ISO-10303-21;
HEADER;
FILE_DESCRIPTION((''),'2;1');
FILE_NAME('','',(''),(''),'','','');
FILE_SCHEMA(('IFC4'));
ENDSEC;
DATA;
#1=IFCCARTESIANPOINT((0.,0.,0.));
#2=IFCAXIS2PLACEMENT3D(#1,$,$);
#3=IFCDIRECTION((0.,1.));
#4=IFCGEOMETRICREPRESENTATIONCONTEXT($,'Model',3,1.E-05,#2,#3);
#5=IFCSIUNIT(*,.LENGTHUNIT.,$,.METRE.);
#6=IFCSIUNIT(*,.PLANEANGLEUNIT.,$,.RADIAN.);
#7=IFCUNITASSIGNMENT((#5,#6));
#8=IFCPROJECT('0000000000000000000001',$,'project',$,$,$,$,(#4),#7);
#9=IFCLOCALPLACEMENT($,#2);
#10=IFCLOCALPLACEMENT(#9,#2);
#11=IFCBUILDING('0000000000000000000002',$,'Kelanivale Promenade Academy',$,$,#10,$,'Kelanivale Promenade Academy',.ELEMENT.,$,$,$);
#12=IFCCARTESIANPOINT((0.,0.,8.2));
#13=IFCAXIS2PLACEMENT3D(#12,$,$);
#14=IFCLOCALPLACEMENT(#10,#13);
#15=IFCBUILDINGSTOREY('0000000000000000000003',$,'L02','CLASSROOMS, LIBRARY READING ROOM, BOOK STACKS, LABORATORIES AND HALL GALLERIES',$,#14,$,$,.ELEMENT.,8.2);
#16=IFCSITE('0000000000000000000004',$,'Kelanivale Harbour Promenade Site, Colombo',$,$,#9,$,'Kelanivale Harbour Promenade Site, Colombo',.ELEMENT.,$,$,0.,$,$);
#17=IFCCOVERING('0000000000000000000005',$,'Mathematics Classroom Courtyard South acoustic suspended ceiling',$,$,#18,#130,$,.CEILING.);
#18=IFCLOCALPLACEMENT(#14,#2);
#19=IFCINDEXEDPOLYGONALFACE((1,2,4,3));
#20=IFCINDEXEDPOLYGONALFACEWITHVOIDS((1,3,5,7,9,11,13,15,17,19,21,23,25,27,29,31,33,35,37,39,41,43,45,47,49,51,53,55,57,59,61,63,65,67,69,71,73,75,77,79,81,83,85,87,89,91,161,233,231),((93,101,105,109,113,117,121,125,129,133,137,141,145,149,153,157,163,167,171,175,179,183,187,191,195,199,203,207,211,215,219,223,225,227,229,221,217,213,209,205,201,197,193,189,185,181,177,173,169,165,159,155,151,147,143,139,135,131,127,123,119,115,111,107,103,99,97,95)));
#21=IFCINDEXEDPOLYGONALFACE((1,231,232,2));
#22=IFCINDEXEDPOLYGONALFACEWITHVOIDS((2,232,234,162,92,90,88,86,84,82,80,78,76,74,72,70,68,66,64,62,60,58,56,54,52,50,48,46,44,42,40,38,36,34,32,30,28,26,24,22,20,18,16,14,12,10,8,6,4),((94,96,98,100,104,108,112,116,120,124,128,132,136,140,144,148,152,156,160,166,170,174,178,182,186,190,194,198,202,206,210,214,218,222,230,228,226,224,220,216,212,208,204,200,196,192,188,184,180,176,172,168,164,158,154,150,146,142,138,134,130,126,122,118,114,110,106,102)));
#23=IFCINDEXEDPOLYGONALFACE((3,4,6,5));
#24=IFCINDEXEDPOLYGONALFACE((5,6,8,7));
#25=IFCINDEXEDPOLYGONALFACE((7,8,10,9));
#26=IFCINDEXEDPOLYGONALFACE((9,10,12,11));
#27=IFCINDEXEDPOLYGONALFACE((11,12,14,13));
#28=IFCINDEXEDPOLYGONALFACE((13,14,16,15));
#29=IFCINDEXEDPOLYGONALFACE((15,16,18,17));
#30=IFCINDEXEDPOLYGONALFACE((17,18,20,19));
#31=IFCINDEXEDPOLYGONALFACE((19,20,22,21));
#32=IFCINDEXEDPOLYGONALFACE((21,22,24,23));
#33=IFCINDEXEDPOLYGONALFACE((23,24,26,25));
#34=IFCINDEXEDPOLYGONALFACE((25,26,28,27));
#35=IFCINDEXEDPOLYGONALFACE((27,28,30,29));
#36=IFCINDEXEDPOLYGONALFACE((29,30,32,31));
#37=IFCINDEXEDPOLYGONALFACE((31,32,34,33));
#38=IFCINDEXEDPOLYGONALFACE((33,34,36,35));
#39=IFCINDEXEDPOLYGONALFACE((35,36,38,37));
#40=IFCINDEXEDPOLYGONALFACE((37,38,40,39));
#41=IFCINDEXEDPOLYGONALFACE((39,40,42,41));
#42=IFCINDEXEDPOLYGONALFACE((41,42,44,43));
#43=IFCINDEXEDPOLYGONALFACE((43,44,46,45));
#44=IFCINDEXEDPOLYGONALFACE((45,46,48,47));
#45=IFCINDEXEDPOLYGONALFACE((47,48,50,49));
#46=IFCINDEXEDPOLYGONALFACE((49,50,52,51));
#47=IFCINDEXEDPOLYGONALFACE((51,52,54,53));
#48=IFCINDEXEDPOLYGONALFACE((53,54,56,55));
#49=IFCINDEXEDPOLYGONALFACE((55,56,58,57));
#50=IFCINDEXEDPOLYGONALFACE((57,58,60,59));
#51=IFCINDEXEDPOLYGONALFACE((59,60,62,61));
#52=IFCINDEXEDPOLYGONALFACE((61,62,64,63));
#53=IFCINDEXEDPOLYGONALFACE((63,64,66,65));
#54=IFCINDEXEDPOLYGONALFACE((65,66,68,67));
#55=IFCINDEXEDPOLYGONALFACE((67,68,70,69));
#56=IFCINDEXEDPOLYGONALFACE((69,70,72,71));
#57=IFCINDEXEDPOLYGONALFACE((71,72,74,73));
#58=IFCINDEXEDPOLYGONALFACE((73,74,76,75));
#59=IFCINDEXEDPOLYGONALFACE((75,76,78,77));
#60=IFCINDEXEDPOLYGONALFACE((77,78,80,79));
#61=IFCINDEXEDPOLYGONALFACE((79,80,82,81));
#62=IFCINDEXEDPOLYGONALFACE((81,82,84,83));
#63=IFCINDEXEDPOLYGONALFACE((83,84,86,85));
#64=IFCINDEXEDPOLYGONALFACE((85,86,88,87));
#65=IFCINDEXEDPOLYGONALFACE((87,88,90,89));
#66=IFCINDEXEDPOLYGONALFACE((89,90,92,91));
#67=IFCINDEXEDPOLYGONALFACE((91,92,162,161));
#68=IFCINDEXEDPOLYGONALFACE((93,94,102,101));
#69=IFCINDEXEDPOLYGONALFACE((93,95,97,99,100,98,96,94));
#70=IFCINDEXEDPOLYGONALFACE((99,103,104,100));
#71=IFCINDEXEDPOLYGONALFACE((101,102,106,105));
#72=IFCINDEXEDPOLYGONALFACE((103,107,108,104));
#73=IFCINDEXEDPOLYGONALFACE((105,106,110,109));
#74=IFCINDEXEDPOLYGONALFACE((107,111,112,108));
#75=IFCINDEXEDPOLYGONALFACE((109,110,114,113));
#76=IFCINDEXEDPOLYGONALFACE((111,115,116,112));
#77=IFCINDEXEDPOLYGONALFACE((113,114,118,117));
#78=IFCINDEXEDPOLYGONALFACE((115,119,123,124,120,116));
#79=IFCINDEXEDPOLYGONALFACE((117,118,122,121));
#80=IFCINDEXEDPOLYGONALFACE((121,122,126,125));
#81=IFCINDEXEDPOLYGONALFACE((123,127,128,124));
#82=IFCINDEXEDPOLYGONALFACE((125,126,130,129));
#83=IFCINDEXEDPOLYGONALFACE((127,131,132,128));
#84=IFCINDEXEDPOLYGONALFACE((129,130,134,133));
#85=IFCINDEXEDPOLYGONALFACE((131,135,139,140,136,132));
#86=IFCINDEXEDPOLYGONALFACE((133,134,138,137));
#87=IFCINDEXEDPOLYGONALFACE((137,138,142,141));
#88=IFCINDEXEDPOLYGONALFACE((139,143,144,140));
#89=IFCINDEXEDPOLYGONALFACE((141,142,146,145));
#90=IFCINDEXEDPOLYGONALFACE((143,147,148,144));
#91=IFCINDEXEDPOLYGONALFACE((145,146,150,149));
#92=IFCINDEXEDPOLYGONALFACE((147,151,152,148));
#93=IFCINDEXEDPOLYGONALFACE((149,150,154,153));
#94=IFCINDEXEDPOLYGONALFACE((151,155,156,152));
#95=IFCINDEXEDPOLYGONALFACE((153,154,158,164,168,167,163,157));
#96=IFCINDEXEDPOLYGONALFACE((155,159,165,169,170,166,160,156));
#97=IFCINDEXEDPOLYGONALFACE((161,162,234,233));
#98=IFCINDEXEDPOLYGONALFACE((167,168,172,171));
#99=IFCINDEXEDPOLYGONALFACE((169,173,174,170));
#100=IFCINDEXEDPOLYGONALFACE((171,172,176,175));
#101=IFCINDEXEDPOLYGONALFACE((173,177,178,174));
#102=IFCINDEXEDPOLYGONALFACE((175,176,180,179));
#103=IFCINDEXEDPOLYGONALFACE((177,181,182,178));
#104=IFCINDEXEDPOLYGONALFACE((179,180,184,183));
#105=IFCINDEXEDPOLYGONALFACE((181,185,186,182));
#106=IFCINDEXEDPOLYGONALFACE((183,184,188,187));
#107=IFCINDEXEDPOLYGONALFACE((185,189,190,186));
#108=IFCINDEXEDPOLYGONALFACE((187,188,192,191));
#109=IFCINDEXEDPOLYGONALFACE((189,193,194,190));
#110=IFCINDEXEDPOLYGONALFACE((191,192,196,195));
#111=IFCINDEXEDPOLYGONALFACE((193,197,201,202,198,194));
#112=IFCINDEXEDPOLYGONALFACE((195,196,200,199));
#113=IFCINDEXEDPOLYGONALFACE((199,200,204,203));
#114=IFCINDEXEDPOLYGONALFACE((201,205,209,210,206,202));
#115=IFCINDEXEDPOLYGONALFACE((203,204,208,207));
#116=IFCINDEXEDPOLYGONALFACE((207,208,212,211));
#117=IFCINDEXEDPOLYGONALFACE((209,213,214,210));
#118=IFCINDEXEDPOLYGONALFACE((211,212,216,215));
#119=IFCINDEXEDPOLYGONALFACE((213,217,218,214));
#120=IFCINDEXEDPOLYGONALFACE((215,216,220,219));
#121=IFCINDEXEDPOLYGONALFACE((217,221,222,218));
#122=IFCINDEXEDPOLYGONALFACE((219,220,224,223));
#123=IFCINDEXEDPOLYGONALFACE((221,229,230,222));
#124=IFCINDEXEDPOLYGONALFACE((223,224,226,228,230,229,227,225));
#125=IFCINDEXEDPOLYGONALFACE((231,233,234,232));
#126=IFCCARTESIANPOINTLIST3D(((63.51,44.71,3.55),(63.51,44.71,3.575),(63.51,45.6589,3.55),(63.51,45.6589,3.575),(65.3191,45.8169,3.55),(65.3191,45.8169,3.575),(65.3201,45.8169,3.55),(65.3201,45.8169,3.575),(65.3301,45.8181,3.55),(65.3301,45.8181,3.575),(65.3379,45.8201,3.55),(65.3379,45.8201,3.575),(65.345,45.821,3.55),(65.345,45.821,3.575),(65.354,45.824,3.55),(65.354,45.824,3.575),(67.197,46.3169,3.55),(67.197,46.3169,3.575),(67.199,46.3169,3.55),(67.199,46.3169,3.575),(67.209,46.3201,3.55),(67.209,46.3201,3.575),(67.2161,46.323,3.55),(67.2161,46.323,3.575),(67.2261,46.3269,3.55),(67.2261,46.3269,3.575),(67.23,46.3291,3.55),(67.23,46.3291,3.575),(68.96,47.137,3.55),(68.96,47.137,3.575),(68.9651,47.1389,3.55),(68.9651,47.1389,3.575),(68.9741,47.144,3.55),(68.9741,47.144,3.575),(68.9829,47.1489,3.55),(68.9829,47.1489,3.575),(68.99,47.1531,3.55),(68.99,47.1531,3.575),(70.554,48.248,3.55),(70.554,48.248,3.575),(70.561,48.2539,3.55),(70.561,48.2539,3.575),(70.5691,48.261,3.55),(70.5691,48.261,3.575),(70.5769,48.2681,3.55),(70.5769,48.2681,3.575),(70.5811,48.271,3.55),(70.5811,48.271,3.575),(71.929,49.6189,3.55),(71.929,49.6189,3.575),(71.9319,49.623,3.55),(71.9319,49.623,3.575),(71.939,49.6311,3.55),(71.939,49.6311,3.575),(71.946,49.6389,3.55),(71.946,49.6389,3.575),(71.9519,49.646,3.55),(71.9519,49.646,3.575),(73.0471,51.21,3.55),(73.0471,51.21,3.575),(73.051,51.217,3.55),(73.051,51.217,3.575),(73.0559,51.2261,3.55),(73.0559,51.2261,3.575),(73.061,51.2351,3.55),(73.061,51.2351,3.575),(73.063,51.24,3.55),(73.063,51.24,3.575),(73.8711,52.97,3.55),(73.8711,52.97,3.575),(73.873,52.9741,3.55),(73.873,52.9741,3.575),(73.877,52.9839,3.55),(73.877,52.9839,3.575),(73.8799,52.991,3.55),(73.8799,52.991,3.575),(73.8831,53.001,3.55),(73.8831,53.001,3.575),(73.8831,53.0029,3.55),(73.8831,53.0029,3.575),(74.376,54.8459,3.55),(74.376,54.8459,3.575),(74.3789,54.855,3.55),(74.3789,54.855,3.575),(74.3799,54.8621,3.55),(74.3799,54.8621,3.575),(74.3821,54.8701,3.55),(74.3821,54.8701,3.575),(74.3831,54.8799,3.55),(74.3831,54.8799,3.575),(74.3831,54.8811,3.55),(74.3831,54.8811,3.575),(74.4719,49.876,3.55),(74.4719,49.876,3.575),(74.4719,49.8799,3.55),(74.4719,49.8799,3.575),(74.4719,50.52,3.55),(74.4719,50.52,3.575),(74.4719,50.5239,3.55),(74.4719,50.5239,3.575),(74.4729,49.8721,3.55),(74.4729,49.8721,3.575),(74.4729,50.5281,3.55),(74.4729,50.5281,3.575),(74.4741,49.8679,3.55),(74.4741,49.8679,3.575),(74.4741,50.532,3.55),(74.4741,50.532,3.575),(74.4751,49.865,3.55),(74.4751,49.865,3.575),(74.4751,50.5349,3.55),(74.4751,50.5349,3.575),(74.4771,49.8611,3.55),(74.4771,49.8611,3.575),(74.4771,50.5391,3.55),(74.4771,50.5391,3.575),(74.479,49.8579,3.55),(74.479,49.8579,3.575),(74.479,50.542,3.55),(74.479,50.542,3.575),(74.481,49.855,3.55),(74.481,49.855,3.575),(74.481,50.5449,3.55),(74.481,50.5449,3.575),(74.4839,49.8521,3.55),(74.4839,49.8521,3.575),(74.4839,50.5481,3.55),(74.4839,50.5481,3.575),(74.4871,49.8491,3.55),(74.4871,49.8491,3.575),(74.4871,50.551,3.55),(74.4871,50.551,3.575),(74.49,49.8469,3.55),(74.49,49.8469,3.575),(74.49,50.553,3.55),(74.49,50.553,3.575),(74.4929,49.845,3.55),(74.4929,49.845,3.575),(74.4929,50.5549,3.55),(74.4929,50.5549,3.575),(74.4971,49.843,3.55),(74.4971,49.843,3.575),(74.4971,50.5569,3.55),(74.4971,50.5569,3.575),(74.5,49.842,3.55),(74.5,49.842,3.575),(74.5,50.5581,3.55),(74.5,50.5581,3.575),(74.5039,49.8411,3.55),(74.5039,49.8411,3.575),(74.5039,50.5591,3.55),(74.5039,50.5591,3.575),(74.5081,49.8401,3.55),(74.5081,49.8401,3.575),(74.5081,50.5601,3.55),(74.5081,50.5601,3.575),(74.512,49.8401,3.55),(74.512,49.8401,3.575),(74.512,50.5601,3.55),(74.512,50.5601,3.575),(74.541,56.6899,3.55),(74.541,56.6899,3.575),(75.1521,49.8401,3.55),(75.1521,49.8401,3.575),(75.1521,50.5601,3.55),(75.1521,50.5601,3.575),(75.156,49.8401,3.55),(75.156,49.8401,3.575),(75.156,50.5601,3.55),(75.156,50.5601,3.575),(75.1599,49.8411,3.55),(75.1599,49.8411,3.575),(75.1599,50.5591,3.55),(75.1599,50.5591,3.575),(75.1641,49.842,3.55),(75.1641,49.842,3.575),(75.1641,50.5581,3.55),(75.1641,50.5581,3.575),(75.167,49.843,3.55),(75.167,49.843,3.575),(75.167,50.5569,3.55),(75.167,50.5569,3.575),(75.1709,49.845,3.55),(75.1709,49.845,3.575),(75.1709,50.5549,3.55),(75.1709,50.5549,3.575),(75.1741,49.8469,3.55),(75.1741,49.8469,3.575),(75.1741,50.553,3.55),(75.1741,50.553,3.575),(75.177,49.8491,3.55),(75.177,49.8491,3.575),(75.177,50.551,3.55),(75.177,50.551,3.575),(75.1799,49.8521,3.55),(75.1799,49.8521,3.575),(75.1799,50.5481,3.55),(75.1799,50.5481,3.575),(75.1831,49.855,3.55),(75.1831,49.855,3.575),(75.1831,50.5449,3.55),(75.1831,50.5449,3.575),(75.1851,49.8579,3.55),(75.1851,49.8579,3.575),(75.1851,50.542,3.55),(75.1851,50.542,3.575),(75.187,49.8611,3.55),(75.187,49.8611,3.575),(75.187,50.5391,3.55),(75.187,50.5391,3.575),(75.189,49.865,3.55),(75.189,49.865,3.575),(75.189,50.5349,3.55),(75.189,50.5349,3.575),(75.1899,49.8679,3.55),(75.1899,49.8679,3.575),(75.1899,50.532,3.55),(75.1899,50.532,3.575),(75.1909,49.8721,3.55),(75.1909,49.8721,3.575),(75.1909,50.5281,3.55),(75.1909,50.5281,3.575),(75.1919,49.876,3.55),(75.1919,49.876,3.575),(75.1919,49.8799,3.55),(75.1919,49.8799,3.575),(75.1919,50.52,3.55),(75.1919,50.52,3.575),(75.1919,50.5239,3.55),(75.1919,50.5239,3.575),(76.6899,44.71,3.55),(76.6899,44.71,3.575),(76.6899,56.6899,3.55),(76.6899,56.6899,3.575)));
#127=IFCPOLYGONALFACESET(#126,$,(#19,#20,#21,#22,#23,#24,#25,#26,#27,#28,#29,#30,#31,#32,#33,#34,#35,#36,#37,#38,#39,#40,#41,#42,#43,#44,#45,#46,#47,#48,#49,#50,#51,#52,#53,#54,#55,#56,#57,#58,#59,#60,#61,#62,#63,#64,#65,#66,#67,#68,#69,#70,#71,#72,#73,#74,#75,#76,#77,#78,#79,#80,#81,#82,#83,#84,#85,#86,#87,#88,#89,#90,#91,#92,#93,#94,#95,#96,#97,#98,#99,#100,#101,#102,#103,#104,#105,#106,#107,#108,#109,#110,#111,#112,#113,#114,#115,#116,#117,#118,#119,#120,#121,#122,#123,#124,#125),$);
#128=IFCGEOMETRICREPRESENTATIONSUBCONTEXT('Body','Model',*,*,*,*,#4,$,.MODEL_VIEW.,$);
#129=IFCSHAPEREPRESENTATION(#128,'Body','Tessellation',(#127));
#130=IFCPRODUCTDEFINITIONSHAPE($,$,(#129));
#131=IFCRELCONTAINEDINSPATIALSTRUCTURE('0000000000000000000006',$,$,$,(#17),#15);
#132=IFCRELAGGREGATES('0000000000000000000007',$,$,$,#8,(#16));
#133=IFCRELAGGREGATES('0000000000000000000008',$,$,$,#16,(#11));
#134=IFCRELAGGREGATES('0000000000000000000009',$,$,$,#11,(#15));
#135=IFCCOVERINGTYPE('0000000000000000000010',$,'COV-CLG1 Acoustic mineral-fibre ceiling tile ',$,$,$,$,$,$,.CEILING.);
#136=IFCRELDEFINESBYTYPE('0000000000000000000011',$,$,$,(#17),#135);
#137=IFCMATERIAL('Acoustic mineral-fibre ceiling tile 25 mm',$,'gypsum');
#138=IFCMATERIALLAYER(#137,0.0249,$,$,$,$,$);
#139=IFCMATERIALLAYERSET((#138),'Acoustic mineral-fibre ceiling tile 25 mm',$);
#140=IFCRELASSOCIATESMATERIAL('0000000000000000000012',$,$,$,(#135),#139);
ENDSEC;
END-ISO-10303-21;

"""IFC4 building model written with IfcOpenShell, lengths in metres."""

from ifc_helpers import new_model, si_unit, direction, frame, origin, place, context, subcontext, project, spatial, polyline, outline, extrude, material, layer, layer_set, type_object, element, save


model = new_model("IFC4")

# Units and contexts
model_context = context("Model", 3, precision=1e-05, world=origin(), true_north=direction((0.0, 1.0)))
body_context = subcontext(model_context, "Body", "Model", "MODEL_VIEW")
ifc_project = project(units=[si_unit("LENGTHUNIT", "METRE"), si_unit("PLANEANGLEUNIT", "RADIAN")], contexts=[model_context])

# Site, building, storey
site_placement = place(None, origin())
site = spatial("IfcSite", under=ifc_project, at=site_placement, Name="Kelanivale Harbour Promenade Site, Colombo", LongName="Kelanivale Harbour Promenade Site, Colombo", CompositionType="ELEMENT", RefElevation=0.0)
building_placement = place(site_placement, origin())
building = spatial("IfcBuilding", under=site, at=building_placement, Name="Kelanivale Promenade Academy", LongName="Kelanivale Promenade Academy", CompositionType="ELEMENT")
storey_placement = place(building_placement, frame((0.0, 0.0, 8.2)))
storey = spatial("IfcBuildingStorey", under=building, at=storey_placement, Name="L02", Description="CLASSROOMS, LIBRARY READING ROOM, BOOK STACKS, LABORATORIES AND HALL GALLERIES", CompositionType="ELEMENT", Elevation=8.2)

# Covering
ifc_material_1 = material(Name="Acoustic mineral-fibre ceiling tile 25 mm", Category="gypsum")
ifc_layer_1 = layer(ifc_material_1, 0.0249)
ifc_layer_set_1 = layer_set([ifc_layer_1], Name="Acoustic mineral-fibre ceiling tile 25 mm")
covering_type_1 = type_object("IfcCoveringType", Name="COV-CLG1 Acoustic mineral-fibre ceiling tile ", PredefinedType="CEILING", material=ifc_layer_set_1)
covering_1_placement = place(storey_placement, frame((0.0, 0.0, 3.55)))
element("IfcCovering", 1, at=covering_1_placement, inside=storey, type_object=covering_type_1, Name="Mathematics Classroom Courtyard South acoustic suspended ceiling", PredefinedType="CEILING", context=body_context, shape_type="SweptSolid", body=[
    extrude(outline(polyline([(71.9319, 49.623), (71.929, 49.6189), (70.5811, 48.271), (70.5769, 48.2681), (70.5691, 48.261), (70.561, 48.2539), (70.554, 48.248), (68.99, 47.1531), (68.9829, 47.1489), (68.9741, 47.144), (68.9651, 47.1389), (68.96, 47.137), (67.23, 46.3291), (67.2261, 46.3269), (67.2161, 46.323), (67.209, 46.3201), (67.199, 46.3169), (67.197, 46.3169), (65.354, 45.824), (65.345, 45.821), (65.3379, 45.8201), (65.3301, 45.8181), (65.3201, 45.8169), (65.3191, 45.8169), (63.51, 45.6589), (63.51, 44.71), (76.6899, 44.71), (76.6899, 56.6899), (74.541, 56.6899), (74.3831, 54.8811), (74.3831, 54.8799), (74.3821, 54.8701), (74.3799, 54.8621), (74.3789, 54.855), (74.376, 54.8459), (73.8831, 53.0029), (73.8831, 53.001), (73.8799, 52.991), (73.877, 52.9839), (73.873, 52.9741), (73.8711, 52.97), (73.063, 51.24), (73.061, 51.2351), (73.0559, 51.2261), (73.051, 51.217), (73.0471, 51.21), (71.9519, 49.646), (71.946, 49.6389), (71.939, 49.6311), (71.9319, 49.623)]), holes=[polyline([(75.1919, 49.8799), (75.1919, 49.876), (75.1909, 49.8721), (75.1899, 49.8679), (75.189, 49.865), (75.187, 49.8611), (75.1851, 49.8579), (75.1831, 49.855), (75.1799, 49.8521), (75.177, 49.8491), (75.1741, 49.8469), (75.1709, 49.845), (75.167, 49.843), (75.1641, 49.842), (75.1599, 49.8411), (75.156, 49.8401), (75.1521, 49.8401), (74.512, 49.8401), (74.5081, 49.8401), (74.5039, 49.8411), (74.5, 49.842), (74.4971, 49.843), (74.4929, 49.845), (74.49, 49.8469), (74.4871, 49.8491), (74.4839, 49.8521), (74.481, 49.855), (74.479, 49.8579), (74.4771, 49.8611), (74.4751, 49.865), (74.4741, 49.8679), (74.4729, 49.8721), (74.4719, 49.876), (74.4719, 49.8799), (74.4719, 50.52), (74.4719, 50.5239), (74.4729, 50.5281), (74.4741, 50.532), (74.4751, 50.5349), (74.4771, 50.5391), (74.479, 50.542), (74.481, 50.5449), (74.4839, 50.5481), (74.4871, 50.551), (74.49, 50.553), (74.4929, 50.5549), (74.4971, 50.5569), (74.5, 50.5581), (74.5039, 50.5591), (74.5081, 50.5601), (74.512, 50.5601), (75.1521, 50.5601), (75.156, 50.5601), (75.1599, 50.5591), (75.1641, 50.5581), (75.167, 50.5569), (75.1709, 50.5549), (75.1741, 50.553), (75.177, 50.551), (75.1799, 50.5481), (75.1831, 50.5449), (75.1851, 50.542), (75.187, 50.5391), (75.189, 50.5349), (75.1899, 50.532), (75.1909, 50.5281), (75.1919, 50.5239), (75.1919, 50.52), (75.1919, 49.8799)])]), origin(), (0.0, 0.0, 1.0), 0.0249),
])

save(model, "model.ifc")
